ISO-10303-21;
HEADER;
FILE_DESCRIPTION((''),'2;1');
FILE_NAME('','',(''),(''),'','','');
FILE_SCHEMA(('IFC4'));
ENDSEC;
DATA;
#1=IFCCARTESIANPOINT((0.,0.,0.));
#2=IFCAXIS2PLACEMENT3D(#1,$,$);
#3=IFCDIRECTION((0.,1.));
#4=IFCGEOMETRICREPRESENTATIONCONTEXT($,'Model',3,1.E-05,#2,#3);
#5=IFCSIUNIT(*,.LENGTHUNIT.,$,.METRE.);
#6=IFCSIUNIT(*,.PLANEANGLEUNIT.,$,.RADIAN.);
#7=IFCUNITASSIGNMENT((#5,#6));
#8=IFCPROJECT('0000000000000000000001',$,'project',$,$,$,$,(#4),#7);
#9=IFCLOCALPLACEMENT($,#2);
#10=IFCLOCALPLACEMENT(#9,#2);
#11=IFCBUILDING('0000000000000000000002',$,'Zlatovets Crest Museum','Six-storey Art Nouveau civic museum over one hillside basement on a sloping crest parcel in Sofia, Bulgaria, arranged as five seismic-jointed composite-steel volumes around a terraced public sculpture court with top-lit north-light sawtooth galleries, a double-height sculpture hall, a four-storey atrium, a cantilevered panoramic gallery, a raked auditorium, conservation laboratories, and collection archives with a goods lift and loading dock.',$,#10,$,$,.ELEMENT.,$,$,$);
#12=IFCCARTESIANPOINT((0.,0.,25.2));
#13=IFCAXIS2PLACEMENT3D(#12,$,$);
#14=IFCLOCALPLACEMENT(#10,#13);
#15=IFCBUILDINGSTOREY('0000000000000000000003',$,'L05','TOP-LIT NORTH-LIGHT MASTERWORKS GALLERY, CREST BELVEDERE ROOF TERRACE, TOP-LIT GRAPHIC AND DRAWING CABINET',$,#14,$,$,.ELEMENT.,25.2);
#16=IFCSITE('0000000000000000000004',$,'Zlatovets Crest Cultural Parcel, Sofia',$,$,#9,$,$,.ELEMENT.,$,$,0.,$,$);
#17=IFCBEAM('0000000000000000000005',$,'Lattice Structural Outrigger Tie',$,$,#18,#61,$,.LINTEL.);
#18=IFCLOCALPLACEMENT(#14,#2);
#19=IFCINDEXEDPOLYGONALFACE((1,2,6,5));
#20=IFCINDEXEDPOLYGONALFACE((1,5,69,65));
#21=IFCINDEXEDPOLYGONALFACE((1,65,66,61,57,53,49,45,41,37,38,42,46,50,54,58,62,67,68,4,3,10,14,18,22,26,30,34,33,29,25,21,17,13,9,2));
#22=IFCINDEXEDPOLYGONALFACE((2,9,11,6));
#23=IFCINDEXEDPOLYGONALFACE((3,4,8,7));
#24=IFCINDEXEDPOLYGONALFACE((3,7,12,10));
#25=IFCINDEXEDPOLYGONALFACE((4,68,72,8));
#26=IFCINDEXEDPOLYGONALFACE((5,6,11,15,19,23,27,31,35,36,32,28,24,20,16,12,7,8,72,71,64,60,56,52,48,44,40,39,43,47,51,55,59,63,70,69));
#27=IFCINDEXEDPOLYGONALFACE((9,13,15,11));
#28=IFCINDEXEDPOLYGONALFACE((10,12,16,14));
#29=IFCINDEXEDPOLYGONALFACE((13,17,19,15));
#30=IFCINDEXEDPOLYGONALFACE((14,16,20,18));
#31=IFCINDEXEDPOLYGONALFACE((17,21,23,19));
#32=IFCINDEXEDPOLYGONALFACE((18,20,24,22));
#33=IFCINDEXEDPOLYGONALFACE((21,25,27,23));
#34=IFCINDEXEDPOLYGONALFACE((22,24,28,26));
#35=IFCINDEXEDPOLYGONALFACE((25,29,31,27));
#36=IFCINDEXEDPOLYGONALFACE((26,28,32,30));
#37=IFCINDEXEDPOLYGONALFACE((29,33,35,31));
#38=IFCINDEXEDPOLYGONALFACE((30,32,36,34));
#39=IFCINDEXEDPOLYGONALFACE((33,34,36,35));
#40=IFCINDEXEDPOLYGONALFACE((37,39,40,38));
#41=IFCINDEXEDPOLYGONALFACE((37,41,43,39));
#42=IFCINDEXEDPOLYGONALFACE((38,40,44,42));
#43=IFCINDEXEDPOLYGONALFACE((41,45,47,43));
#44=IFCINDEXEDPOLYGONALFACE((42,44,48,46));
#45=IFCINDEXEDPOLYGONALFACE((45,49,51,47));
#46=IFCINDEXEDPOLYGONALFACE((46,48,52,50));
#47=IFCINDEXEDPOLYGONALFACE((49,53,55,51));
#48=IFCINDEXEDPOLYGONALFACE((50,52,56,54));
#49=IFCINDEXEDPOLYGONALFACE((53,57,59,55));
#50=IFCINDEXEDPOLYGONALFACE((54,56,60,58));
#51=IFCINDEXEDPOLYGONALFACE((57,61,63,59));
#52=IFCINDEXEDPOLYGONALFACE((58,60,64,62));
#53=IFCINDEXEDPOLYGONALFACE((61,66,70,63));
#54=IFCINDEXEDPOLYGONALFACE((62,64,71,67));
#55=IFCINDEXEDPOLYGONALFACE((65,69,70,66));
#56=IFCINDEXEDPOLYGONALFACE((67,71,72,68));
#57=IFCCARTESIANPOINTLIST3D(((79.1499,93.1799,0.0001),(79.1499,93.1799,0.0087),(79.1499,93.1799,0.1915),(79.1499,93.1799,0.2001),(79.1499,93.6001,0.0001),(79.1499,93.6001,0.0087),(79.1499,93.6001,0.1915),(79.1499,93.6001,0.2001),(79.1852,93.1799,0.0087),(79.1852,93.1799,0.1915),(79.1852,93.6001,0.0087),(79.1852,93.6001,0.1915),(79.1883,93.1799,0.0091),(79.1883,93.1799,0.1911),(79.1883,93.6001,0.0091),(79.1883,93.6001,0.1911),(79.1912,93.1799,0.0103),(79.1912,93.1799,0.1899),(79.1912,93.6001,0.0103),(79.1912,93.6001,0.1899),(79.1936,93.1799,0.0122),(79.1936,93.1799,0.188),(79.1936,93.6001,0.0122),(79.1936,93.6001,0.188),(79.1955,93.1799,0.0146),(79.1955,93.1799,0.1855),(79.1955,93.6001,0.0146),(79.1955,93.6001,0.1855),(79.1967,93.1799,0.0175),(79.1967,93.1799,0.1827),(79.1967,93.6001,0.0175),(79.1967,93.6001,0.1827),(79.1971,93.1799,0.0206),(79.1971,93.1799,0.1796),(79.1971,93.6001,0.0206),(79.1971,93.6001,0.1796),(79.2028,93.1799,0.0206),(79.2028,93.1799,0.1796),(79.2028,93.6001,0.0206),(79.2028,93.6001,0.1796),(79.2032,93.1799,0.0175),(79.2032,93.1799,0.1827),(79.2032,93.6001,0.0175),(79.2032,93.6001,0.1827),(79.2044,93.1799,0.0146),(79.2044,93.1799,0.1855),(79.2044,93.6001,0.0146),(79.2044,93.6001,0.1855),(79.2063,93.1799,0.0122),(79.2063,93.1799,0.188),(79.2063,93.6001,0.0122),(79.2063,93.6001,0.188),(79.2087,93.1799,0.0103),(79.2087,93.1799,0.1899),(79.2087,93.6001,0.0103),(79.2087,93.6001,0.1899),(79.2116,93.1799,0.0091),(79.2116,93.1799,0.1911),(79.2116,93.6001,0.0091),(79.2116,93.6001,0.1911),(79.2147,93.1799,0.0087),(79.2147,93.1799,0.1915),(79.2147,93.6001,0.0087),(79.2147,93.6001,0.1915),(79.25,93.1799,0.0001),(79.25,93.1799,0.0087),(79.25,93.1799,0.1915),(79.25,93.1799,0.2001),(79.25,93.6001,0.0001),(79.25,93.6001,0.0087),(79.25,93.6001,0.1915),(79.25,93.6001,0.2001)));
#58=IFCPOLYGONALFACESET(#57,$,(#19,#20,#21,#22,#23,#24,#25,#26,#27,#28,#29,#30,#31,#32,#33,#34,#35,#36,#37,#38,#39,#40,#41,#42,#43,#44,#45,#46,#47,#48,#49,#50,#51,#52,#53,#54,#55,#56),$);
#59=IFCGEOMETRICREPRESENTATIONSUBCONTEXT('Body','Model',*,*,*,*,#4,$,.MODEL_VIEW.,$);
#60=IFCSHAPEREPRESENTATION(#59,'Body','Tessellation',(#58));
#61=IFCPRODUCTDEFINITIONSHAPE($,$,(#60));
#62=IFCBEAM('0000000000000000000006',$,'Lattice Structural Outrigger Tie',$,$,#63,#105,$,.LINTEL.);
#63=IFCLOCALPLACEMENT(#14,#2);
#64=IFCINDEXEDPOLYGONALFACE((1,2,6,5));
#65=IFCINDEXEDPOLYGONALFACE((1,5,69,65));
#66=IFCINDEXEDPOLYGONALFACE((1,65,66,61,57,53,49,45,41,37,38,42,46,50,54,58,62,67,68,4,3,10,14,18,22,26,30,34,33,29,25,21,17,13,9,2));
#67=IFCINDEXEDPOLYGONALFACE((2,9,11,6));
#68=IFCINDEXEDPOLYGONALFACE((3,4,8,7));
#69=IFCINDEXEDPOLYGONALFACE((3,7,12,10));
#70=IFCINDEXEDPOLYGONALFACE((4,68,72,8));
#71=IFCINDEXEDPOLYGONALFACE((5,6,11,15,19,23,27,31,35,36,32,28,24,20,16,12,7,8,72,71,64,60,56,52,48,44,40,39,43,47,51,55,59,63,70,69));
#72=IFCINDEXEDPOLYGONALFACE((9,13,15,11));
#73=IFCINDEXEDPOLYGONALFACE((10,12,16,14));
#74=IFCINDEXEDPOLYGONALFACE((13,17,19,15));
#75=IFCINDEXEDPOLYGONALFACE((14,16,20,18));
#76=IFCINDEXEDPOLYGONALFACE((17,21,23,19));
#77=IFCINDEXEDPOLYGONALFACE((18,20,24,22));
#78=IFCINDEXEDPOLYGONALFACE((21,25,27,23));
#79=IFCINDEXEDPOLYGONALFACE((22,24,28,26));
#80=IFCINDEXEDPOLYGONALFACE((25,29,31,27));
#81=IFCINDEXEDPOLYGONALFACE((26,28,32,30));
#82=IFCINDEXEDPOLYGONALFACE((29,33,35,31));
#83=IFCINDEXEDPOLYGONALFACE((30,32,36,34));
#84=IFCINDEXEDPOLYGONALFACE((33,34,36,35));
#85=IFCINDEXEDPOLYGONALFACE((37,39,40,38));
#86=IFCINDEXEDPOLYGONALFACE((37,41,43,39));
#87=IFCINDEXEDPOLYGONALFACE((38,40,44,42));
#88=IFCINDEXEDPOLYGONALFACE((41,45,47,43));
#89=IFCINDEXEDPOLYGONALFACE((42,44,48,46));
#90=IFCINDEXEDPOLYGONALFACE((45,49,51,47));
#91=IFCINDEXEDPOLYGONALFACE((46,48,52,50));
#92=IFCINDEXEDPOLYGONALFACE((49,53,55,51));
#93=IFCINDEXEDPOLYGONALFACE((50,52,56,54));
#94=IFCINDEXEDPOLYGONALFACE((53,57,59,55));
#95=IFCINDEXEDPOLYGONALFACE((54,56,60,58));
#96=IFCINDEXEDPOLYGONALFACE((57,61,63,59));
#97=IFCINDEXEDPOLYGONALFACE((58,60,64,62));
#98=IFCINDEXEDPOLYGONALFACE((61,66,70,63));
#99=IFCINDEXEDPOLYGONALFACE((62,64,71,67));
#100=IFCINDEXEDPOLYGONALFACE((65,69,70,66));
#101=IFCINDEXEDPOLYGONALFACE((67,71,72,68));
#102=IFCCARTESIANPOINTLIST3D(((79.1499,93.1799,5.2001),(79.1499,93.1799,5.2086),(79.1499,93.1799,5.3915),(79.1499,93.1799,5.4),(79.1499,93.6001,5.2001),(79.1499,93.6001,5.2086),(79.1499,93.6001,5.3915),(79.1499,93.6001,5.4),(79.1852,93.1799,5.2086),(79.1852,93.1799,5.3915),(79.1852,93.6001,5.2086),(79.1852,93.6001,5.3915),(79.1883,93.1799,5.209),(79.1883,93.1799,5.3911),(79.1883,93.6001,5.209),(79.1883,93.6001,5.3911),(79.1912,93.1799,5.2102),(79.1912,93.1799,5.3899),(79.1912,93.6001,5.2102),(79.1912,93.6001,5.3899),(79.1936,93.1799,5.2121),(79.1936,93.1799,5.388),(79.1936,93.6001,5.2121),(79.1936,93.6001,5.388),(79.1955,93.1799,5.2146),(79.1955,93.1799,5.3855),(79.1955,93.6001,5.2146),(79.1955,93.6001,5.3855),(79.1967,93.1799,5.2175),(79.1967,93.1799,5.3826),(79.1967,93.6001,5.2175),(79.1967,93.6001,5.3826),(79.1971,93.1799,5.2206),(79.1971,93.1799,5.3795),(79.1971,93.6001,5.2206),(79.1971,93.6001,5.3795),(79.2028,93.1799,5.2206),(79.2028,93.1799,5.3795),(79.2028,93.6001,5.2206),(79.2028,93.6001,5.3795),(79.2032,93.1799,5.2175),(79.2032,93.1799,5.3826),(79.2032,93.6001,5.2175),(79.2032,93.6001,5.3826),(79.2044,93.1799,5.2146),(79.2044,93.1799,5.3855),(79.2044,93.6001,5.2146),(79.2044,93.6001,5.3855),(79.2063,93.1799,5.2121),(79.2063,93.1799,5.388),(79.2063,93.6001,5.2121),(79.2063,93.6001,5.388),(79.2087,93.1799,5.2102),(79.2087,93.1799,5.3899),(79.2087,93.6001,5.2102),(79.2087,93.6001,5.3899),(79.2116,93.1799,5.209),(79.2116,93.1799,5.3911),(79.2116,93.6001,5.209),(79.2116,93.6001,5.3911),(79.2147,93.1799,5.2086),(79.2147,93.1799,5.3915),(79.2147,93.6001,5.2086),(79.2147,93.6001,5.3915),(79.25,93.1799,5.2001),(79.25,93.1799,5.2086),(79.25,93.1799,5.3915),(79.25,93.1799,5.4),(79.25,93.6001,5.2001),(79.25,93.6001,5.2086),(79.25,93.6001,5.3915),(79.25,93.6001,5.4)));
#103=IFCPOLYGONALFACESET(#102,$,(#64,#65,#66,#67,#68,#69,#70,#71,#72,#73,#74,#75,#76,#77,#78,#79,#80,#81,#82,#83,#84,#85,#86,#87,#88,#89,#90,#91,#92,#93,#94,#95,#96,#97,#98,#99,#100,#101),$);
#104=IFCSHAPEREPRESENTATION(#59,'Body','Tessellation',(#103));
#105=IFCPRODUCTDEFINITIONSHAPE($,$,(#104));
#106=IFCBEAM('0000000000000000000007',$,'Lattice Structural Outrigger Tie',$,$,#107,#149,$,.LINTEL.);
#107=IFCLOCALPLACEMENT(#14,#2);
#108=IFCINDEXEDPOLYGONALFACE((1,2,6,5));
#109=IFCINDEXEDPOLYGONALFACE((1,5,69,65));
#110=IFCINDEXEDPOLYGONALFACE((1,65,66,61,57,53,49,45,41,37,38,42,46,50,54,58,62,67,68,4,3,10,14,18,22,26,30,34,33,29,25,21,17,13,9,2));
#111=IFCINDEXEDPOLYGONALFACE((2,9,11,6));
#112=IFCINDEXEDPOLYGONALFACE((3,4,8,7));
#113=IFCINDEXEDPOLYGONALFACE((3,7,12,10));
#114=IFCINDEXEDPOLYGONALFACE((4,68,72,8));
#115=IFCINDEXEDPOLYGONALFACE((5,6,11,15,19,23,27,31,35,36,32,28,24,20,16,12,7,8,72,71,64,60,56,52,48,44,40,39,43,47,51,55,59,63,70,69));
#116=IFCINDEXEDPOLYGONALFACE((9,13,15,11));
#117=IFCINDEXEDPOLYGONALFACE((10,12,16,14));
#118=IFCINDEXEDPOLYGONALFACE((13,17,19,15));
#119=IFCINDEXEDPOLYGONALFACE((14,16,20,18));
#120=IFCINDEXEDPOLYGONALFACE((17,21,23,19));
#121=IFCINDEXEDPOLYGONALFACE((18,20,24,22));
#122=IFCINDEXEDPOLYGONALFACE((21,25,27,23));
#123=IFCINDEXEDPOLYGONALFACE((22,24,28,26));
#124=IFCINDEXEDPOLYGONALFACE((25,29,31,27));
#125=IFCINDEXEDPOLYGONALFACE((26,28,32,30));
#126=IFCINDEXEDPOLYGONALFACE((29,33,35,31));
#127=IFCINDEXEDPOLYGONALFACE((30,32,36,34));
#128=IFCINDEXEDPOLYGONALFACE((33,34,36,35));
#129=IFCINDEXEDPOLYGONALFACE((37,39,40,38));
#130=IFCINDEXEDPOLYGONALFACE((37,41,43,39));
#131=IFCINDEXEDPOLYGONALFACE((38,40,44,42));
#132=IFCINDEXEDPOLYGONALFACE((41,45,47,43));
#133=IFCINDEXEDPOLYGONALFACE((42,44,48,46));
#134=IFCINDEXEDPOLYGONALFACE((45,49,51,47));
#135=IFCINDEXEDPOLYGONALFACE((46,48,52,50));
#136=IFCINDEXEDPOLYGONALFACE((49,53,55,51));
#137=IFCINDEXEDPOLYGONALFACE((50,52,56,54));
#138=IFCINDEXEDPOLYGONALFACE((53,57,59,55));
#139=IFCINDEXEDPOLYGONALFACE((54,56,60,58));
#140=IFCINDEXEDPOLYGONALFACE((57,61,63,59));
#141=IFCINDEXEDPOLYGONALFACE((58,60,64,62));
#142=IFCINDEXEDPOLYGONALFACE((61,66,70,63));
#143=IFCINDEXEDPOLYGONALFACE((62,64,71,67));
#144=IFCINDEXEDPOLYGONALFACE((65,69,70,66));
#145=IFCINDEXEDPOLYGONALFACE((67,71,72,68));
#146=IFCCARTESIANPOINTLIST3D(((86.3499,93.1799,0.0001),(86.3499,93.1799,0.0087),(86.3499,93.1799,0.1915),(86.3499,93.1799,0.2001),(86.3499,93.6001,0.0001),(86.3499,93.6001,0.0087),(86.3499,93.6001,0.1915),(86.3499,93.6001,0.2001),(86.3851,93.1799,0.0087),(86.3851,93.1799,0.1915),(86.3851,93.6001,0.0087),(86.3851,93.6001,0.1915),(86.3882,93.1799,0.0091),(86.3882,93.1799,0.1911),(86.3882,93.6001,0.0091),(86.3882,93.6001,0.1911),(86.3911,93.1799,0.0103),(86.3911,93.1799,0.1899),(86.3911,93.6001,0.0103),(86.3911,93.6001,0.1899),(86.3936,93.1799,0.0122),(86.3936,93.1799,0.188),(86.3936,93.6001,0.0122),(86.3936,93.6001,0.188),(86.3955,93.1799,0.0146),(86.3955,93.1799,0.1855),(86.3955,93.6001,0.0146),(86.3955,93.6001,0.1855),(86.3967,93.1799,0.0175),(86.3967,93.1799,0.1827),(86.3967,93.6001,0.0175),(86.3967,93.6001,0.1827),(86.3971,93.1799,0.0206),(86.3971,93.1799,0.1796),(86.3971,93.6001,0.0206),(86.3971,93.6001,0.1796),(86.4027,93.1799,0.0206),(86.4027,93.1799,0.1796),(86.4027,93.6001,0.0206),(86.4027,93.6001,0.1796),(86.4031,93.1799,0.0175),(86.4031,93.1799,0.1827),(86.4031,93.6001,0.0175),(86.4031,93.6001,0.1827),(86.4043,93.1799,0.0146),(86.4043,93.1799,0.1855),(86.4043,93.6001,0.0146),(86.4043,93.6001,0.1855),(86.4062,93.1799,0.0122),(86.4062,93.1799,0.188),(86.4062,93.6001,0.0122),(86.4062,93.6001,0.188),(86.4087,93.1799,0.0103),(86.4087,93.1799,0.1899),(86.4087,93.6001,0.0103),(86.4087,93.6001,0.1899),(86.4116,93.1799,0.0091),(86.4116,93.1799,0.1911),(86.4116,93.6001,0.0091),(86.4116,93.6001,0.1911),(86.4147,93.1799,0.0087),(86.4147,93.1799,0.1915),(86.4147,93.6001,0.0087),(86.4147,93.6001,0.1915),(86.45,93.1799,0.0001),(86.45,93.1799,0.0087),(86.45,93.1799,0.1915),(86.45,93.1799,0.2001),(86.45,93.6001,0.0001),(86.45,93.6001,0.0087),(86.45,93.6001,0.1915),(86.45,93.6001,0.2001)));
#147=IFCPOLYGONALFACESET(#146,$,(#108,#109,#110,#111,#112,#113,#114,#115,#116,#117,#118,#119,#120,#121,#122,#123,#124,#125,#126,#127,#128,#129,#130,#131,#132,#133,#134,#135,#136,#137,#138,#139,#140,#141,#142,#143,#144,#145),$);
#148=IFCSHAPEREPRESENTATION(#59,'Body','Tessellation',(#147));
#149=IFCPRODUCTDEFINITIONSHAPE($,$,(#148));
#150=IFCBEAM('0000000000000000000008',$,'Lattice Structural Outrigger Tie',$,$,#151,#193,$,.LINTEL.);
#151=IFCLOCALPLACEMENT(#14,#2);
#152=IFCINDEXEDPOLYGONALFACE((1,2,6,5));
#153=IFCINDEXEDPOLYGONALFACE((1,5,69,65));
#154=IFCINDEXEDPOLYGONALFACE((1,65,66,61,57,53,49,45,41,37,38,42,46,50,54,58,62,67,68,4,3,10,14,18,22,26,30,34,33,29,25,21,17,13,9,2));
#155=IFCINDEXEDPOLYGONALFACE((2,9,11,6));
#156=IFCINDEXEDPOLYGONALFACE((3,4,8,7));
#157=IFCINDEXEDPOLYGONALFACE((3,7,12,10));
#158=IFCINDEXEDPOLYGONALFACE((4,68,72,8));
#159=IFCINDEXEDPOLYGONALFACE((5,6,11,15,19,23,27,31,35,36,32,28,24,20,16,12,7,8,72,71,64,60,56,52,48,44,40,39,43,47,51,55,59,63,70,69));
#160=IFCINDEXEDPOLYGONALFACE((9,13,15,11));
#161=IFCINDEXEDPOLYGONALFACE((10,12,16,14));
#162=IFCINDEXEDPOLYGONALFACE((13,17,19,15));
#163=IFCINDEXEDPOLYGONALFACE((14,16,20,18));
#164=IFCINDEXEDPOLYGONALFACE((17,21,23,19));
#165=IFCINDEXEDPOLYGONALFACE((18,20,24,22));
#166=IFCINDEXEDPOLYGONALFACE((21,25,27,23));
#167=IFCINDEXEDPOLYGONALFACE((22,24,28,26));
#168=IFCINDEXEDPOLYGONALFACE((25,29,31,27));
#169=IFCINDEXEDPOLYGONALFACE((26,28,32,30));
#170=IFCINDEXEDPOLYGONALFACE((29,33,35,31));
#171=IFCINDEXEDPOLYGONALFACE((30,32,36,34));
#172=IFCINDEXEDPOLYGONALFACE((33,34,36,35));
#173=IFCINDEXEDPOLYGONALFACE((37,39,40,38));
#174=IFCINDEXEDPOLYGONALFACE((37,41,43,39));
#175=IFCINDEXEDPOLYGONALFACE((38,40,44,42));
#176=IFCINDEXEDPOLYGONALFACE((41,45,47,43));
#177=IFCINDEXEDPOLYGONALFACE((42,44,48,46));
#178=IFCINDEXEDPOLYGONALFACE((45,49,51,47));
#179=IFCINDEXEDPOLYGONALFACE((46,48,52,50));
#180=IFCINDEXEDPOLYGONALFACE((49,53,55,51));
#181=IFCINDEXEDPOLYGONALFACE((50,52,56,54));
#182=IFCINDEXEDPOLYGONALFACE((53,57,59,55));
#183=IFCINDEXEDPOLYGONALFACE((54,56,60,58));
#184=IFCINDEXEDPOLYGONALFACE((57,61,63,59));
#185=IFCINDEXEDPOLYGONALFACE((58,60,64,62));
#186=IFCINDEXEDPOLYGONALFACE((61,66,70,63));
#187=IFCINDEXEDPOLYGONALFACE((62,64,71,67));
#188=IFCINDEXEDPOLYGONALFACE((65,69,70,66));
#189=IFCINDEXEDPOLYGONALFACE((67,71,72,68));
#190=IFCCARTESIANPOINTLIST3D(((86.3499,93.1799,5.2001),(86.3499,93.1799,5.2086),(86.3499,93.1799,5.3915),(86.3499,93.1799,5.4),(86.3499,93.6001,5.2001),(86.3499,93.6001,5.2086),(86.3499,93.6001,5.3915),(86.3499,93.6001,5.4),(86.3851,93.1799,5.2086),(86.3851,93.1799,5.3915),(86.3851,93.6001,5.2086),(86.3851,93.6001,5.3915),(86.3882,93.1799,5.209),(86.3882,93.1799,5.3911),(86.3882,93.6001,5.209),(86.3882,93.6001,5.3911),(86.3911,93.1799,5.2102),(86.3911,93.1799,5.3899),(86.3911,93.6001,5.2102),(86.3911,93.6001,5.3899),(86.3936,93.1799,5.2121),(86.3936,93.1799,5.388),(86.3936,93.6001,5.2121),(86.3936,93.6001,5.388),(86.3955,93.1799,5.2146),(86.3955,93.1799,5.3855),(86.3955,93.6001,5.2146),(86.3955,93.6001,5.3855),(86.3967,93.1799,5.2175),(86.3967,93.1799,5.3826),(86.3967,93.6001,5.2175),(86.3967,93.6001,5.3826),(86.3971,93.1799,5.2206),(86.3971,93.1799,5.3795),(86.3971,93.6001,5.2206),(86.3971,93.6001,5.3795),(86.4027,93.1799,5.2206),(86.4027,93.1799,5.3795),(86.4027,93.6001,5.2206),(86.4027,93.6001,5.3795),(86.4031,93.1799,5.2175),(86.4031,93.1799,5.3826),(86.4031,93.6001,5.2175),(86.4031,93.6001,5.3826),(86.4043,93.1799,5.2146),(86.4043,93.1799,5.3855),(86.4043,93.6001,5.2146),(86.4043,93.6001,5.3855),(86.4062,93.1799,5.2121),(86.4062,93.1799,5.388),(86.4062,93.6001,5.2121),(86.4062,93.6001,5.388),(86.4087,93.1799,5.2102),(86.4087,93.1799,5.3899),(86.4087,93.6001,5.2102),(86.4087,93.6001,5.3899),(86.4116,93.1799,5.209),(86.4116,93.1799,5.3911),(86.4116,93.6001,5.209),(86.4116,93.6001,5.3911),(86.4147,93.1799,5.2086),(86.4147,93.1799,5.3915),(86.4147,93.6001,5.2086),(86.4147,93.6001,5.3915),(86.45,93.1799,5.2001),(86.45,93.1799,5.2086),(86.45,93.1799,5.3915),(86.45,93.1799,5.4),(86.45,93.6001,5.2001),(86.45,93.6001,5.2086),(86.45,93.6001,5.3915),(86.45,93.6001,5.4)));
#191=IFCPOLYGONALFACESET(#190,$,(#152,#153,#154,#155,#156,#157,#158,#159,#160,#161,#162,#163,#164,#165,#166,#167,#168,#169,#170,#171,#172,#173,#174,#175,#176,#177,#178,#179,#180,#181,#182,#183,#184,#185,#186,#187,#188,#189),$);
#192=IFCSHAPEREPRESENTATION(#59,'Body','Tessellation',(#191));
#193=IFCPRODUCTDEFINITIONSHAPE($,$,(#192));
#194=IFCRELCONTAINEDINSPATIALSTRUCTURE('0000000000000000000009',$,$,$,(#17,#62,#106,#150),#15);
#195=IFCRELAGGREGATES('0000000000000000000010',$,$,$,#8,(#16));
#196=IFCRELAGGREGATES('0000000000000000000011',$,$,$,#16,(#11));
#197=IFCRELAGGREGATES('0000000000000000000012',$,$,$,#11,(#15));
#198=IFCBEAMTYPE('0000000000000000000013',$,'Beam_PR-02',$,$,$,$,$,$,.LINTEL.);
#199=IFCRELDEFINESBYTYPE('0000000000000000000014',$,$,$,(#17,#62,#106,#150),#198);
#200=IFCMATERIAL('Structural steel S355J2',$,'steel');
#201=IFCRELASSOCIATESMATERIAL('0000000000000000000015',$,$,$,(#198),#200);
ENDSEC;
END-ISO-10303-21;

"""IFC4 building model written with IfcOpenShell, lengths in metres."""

from ifc_helpers import new_model, si_unit, direction, frame, origin, origin_2d, place, context, subcontext, project, spatial, i_section, extrude, material, material_profile, profile_set, type_object, element, save


model = new_model("IFC4")

# Units and contexts
model_context = context("Model", 3, precision=1e-05, world=origin(), true_north=direction((0.0, 1.0)))
body_context = subcontext(model_context, "Body", "Model", "MODEL_VIEW")
ifc_project = project(units=[si_unit("LENGTHUNIT", "METRE"), si_unit("PLANEANGLEUNIT", "RADIAN")], contexts=[model_context])

# Site, building, storey
site_placement = place(None, origin())
site = spatial("IfcSite", under=ifc_project, at=site_placement, Name="Zlatovets Crest Cultural Parcel, Sofia", CompositionType="ELEMENT", RefElevation=0.0)
building_placement = place(site_placement, origin())
building = spatial("IfcBuilding", under=site, at=building_placement, Name="Zlatovets Crest Museum", Description="Six-storey Art Nouveau civic museum over one hillside basement on a sloping crest parcel in Sofia, Bulgaria, arranged as five seismic-jointed composite-steel volumes around a terraced public sculpture court with top-lit north-light sawtooth galleries, a double-height sculpture hall, a four-storey atrium, a cantilevered panoramic gallery, a raked auditorium, conservation laboratories, and collection archives with a goods lift and loading dock.", CompositionType="ELEMENT")
storey_placement = place(building_placement, frame((0.0, 0.0, 25.2)))
storey = spatial("IfcBuildingStorey", under=building, at=storey_placement, Name="L05", Description="TOP-LIT NORTH-LIGHT MASTERWORKS GALLERY, CREST BELVEDERE ROOF TERRACE, TOP-LIT GRAPHIC AND DRAWING CABINET", CompositionType="ELEMENT", Elevation=25.2)

# Shared definitions
ifc_material_1 = material(Name="Structural steel S355J2", Category="steel")

# Beams
ifc_material_profile_1 = material_profile(ifc_material_1, i_section(OverallWidth=0.1001, OverallDepth=0.2, WebThickness=0.0056, FlangeThickness=0.0085, FilletRadius=0.012, at=origin_2d()), Name="IPE 200")
ifc_profile_set_1 = profile_set([ifc_material_profile_1], Name="Structural steel S355J2")
beam_type_1 = type_object("IfcBeamType", Name="Beam_PR-02", PredefinedType="LINTEL", material=ifc_profile_set_1)
for number, where, z_axis, x_axis, name in (
    (1, (79.2, 93.6001, 0.1001), (0.0, -1.0, 0.0), (1.0, 0.0, 0.0), "Lattice Structural Outrigger Tie"),
    (2, (79.2, 93.6001, 5.3), (0.0, -1.0, 0.0), (1.0, 0.0, 0.0), "Lattice Structural Outrigger Tie"),
    (3, (86.3999, 93.6001, 0.1001), (0.0, -1.0, 0.0), (1.0, 0.0, 0.0), "Lattice Structural Outrigger Tie"),
    (4, (86.3999, 93.6001, 5.3), (0.0, -1.0, 0.0), (1.0, 0.0, 0.0), "Lattice Structural Outrigger Tie"),
):
    element("IfcBeam", number, at=place(storey_placement, frame(where, z_axis=z_axis, x_axis=x_axis)), inside=storey, type_object=beam_type_1, Name=name, PredefinedType="LINTEL", context=body_context, shape_type="SweptSolid", body=[
        extrude(i_section(OverallWidth=0.1001, OverallDepth=0.2, WebThickness=0.0056, FlangeThickness=0.0085, FilletRadius=0.012, at=origin_2d()), origin(), (0.0, 0.0, 1.0), 0.4202),
    ])

save(model, "model.ifc")
